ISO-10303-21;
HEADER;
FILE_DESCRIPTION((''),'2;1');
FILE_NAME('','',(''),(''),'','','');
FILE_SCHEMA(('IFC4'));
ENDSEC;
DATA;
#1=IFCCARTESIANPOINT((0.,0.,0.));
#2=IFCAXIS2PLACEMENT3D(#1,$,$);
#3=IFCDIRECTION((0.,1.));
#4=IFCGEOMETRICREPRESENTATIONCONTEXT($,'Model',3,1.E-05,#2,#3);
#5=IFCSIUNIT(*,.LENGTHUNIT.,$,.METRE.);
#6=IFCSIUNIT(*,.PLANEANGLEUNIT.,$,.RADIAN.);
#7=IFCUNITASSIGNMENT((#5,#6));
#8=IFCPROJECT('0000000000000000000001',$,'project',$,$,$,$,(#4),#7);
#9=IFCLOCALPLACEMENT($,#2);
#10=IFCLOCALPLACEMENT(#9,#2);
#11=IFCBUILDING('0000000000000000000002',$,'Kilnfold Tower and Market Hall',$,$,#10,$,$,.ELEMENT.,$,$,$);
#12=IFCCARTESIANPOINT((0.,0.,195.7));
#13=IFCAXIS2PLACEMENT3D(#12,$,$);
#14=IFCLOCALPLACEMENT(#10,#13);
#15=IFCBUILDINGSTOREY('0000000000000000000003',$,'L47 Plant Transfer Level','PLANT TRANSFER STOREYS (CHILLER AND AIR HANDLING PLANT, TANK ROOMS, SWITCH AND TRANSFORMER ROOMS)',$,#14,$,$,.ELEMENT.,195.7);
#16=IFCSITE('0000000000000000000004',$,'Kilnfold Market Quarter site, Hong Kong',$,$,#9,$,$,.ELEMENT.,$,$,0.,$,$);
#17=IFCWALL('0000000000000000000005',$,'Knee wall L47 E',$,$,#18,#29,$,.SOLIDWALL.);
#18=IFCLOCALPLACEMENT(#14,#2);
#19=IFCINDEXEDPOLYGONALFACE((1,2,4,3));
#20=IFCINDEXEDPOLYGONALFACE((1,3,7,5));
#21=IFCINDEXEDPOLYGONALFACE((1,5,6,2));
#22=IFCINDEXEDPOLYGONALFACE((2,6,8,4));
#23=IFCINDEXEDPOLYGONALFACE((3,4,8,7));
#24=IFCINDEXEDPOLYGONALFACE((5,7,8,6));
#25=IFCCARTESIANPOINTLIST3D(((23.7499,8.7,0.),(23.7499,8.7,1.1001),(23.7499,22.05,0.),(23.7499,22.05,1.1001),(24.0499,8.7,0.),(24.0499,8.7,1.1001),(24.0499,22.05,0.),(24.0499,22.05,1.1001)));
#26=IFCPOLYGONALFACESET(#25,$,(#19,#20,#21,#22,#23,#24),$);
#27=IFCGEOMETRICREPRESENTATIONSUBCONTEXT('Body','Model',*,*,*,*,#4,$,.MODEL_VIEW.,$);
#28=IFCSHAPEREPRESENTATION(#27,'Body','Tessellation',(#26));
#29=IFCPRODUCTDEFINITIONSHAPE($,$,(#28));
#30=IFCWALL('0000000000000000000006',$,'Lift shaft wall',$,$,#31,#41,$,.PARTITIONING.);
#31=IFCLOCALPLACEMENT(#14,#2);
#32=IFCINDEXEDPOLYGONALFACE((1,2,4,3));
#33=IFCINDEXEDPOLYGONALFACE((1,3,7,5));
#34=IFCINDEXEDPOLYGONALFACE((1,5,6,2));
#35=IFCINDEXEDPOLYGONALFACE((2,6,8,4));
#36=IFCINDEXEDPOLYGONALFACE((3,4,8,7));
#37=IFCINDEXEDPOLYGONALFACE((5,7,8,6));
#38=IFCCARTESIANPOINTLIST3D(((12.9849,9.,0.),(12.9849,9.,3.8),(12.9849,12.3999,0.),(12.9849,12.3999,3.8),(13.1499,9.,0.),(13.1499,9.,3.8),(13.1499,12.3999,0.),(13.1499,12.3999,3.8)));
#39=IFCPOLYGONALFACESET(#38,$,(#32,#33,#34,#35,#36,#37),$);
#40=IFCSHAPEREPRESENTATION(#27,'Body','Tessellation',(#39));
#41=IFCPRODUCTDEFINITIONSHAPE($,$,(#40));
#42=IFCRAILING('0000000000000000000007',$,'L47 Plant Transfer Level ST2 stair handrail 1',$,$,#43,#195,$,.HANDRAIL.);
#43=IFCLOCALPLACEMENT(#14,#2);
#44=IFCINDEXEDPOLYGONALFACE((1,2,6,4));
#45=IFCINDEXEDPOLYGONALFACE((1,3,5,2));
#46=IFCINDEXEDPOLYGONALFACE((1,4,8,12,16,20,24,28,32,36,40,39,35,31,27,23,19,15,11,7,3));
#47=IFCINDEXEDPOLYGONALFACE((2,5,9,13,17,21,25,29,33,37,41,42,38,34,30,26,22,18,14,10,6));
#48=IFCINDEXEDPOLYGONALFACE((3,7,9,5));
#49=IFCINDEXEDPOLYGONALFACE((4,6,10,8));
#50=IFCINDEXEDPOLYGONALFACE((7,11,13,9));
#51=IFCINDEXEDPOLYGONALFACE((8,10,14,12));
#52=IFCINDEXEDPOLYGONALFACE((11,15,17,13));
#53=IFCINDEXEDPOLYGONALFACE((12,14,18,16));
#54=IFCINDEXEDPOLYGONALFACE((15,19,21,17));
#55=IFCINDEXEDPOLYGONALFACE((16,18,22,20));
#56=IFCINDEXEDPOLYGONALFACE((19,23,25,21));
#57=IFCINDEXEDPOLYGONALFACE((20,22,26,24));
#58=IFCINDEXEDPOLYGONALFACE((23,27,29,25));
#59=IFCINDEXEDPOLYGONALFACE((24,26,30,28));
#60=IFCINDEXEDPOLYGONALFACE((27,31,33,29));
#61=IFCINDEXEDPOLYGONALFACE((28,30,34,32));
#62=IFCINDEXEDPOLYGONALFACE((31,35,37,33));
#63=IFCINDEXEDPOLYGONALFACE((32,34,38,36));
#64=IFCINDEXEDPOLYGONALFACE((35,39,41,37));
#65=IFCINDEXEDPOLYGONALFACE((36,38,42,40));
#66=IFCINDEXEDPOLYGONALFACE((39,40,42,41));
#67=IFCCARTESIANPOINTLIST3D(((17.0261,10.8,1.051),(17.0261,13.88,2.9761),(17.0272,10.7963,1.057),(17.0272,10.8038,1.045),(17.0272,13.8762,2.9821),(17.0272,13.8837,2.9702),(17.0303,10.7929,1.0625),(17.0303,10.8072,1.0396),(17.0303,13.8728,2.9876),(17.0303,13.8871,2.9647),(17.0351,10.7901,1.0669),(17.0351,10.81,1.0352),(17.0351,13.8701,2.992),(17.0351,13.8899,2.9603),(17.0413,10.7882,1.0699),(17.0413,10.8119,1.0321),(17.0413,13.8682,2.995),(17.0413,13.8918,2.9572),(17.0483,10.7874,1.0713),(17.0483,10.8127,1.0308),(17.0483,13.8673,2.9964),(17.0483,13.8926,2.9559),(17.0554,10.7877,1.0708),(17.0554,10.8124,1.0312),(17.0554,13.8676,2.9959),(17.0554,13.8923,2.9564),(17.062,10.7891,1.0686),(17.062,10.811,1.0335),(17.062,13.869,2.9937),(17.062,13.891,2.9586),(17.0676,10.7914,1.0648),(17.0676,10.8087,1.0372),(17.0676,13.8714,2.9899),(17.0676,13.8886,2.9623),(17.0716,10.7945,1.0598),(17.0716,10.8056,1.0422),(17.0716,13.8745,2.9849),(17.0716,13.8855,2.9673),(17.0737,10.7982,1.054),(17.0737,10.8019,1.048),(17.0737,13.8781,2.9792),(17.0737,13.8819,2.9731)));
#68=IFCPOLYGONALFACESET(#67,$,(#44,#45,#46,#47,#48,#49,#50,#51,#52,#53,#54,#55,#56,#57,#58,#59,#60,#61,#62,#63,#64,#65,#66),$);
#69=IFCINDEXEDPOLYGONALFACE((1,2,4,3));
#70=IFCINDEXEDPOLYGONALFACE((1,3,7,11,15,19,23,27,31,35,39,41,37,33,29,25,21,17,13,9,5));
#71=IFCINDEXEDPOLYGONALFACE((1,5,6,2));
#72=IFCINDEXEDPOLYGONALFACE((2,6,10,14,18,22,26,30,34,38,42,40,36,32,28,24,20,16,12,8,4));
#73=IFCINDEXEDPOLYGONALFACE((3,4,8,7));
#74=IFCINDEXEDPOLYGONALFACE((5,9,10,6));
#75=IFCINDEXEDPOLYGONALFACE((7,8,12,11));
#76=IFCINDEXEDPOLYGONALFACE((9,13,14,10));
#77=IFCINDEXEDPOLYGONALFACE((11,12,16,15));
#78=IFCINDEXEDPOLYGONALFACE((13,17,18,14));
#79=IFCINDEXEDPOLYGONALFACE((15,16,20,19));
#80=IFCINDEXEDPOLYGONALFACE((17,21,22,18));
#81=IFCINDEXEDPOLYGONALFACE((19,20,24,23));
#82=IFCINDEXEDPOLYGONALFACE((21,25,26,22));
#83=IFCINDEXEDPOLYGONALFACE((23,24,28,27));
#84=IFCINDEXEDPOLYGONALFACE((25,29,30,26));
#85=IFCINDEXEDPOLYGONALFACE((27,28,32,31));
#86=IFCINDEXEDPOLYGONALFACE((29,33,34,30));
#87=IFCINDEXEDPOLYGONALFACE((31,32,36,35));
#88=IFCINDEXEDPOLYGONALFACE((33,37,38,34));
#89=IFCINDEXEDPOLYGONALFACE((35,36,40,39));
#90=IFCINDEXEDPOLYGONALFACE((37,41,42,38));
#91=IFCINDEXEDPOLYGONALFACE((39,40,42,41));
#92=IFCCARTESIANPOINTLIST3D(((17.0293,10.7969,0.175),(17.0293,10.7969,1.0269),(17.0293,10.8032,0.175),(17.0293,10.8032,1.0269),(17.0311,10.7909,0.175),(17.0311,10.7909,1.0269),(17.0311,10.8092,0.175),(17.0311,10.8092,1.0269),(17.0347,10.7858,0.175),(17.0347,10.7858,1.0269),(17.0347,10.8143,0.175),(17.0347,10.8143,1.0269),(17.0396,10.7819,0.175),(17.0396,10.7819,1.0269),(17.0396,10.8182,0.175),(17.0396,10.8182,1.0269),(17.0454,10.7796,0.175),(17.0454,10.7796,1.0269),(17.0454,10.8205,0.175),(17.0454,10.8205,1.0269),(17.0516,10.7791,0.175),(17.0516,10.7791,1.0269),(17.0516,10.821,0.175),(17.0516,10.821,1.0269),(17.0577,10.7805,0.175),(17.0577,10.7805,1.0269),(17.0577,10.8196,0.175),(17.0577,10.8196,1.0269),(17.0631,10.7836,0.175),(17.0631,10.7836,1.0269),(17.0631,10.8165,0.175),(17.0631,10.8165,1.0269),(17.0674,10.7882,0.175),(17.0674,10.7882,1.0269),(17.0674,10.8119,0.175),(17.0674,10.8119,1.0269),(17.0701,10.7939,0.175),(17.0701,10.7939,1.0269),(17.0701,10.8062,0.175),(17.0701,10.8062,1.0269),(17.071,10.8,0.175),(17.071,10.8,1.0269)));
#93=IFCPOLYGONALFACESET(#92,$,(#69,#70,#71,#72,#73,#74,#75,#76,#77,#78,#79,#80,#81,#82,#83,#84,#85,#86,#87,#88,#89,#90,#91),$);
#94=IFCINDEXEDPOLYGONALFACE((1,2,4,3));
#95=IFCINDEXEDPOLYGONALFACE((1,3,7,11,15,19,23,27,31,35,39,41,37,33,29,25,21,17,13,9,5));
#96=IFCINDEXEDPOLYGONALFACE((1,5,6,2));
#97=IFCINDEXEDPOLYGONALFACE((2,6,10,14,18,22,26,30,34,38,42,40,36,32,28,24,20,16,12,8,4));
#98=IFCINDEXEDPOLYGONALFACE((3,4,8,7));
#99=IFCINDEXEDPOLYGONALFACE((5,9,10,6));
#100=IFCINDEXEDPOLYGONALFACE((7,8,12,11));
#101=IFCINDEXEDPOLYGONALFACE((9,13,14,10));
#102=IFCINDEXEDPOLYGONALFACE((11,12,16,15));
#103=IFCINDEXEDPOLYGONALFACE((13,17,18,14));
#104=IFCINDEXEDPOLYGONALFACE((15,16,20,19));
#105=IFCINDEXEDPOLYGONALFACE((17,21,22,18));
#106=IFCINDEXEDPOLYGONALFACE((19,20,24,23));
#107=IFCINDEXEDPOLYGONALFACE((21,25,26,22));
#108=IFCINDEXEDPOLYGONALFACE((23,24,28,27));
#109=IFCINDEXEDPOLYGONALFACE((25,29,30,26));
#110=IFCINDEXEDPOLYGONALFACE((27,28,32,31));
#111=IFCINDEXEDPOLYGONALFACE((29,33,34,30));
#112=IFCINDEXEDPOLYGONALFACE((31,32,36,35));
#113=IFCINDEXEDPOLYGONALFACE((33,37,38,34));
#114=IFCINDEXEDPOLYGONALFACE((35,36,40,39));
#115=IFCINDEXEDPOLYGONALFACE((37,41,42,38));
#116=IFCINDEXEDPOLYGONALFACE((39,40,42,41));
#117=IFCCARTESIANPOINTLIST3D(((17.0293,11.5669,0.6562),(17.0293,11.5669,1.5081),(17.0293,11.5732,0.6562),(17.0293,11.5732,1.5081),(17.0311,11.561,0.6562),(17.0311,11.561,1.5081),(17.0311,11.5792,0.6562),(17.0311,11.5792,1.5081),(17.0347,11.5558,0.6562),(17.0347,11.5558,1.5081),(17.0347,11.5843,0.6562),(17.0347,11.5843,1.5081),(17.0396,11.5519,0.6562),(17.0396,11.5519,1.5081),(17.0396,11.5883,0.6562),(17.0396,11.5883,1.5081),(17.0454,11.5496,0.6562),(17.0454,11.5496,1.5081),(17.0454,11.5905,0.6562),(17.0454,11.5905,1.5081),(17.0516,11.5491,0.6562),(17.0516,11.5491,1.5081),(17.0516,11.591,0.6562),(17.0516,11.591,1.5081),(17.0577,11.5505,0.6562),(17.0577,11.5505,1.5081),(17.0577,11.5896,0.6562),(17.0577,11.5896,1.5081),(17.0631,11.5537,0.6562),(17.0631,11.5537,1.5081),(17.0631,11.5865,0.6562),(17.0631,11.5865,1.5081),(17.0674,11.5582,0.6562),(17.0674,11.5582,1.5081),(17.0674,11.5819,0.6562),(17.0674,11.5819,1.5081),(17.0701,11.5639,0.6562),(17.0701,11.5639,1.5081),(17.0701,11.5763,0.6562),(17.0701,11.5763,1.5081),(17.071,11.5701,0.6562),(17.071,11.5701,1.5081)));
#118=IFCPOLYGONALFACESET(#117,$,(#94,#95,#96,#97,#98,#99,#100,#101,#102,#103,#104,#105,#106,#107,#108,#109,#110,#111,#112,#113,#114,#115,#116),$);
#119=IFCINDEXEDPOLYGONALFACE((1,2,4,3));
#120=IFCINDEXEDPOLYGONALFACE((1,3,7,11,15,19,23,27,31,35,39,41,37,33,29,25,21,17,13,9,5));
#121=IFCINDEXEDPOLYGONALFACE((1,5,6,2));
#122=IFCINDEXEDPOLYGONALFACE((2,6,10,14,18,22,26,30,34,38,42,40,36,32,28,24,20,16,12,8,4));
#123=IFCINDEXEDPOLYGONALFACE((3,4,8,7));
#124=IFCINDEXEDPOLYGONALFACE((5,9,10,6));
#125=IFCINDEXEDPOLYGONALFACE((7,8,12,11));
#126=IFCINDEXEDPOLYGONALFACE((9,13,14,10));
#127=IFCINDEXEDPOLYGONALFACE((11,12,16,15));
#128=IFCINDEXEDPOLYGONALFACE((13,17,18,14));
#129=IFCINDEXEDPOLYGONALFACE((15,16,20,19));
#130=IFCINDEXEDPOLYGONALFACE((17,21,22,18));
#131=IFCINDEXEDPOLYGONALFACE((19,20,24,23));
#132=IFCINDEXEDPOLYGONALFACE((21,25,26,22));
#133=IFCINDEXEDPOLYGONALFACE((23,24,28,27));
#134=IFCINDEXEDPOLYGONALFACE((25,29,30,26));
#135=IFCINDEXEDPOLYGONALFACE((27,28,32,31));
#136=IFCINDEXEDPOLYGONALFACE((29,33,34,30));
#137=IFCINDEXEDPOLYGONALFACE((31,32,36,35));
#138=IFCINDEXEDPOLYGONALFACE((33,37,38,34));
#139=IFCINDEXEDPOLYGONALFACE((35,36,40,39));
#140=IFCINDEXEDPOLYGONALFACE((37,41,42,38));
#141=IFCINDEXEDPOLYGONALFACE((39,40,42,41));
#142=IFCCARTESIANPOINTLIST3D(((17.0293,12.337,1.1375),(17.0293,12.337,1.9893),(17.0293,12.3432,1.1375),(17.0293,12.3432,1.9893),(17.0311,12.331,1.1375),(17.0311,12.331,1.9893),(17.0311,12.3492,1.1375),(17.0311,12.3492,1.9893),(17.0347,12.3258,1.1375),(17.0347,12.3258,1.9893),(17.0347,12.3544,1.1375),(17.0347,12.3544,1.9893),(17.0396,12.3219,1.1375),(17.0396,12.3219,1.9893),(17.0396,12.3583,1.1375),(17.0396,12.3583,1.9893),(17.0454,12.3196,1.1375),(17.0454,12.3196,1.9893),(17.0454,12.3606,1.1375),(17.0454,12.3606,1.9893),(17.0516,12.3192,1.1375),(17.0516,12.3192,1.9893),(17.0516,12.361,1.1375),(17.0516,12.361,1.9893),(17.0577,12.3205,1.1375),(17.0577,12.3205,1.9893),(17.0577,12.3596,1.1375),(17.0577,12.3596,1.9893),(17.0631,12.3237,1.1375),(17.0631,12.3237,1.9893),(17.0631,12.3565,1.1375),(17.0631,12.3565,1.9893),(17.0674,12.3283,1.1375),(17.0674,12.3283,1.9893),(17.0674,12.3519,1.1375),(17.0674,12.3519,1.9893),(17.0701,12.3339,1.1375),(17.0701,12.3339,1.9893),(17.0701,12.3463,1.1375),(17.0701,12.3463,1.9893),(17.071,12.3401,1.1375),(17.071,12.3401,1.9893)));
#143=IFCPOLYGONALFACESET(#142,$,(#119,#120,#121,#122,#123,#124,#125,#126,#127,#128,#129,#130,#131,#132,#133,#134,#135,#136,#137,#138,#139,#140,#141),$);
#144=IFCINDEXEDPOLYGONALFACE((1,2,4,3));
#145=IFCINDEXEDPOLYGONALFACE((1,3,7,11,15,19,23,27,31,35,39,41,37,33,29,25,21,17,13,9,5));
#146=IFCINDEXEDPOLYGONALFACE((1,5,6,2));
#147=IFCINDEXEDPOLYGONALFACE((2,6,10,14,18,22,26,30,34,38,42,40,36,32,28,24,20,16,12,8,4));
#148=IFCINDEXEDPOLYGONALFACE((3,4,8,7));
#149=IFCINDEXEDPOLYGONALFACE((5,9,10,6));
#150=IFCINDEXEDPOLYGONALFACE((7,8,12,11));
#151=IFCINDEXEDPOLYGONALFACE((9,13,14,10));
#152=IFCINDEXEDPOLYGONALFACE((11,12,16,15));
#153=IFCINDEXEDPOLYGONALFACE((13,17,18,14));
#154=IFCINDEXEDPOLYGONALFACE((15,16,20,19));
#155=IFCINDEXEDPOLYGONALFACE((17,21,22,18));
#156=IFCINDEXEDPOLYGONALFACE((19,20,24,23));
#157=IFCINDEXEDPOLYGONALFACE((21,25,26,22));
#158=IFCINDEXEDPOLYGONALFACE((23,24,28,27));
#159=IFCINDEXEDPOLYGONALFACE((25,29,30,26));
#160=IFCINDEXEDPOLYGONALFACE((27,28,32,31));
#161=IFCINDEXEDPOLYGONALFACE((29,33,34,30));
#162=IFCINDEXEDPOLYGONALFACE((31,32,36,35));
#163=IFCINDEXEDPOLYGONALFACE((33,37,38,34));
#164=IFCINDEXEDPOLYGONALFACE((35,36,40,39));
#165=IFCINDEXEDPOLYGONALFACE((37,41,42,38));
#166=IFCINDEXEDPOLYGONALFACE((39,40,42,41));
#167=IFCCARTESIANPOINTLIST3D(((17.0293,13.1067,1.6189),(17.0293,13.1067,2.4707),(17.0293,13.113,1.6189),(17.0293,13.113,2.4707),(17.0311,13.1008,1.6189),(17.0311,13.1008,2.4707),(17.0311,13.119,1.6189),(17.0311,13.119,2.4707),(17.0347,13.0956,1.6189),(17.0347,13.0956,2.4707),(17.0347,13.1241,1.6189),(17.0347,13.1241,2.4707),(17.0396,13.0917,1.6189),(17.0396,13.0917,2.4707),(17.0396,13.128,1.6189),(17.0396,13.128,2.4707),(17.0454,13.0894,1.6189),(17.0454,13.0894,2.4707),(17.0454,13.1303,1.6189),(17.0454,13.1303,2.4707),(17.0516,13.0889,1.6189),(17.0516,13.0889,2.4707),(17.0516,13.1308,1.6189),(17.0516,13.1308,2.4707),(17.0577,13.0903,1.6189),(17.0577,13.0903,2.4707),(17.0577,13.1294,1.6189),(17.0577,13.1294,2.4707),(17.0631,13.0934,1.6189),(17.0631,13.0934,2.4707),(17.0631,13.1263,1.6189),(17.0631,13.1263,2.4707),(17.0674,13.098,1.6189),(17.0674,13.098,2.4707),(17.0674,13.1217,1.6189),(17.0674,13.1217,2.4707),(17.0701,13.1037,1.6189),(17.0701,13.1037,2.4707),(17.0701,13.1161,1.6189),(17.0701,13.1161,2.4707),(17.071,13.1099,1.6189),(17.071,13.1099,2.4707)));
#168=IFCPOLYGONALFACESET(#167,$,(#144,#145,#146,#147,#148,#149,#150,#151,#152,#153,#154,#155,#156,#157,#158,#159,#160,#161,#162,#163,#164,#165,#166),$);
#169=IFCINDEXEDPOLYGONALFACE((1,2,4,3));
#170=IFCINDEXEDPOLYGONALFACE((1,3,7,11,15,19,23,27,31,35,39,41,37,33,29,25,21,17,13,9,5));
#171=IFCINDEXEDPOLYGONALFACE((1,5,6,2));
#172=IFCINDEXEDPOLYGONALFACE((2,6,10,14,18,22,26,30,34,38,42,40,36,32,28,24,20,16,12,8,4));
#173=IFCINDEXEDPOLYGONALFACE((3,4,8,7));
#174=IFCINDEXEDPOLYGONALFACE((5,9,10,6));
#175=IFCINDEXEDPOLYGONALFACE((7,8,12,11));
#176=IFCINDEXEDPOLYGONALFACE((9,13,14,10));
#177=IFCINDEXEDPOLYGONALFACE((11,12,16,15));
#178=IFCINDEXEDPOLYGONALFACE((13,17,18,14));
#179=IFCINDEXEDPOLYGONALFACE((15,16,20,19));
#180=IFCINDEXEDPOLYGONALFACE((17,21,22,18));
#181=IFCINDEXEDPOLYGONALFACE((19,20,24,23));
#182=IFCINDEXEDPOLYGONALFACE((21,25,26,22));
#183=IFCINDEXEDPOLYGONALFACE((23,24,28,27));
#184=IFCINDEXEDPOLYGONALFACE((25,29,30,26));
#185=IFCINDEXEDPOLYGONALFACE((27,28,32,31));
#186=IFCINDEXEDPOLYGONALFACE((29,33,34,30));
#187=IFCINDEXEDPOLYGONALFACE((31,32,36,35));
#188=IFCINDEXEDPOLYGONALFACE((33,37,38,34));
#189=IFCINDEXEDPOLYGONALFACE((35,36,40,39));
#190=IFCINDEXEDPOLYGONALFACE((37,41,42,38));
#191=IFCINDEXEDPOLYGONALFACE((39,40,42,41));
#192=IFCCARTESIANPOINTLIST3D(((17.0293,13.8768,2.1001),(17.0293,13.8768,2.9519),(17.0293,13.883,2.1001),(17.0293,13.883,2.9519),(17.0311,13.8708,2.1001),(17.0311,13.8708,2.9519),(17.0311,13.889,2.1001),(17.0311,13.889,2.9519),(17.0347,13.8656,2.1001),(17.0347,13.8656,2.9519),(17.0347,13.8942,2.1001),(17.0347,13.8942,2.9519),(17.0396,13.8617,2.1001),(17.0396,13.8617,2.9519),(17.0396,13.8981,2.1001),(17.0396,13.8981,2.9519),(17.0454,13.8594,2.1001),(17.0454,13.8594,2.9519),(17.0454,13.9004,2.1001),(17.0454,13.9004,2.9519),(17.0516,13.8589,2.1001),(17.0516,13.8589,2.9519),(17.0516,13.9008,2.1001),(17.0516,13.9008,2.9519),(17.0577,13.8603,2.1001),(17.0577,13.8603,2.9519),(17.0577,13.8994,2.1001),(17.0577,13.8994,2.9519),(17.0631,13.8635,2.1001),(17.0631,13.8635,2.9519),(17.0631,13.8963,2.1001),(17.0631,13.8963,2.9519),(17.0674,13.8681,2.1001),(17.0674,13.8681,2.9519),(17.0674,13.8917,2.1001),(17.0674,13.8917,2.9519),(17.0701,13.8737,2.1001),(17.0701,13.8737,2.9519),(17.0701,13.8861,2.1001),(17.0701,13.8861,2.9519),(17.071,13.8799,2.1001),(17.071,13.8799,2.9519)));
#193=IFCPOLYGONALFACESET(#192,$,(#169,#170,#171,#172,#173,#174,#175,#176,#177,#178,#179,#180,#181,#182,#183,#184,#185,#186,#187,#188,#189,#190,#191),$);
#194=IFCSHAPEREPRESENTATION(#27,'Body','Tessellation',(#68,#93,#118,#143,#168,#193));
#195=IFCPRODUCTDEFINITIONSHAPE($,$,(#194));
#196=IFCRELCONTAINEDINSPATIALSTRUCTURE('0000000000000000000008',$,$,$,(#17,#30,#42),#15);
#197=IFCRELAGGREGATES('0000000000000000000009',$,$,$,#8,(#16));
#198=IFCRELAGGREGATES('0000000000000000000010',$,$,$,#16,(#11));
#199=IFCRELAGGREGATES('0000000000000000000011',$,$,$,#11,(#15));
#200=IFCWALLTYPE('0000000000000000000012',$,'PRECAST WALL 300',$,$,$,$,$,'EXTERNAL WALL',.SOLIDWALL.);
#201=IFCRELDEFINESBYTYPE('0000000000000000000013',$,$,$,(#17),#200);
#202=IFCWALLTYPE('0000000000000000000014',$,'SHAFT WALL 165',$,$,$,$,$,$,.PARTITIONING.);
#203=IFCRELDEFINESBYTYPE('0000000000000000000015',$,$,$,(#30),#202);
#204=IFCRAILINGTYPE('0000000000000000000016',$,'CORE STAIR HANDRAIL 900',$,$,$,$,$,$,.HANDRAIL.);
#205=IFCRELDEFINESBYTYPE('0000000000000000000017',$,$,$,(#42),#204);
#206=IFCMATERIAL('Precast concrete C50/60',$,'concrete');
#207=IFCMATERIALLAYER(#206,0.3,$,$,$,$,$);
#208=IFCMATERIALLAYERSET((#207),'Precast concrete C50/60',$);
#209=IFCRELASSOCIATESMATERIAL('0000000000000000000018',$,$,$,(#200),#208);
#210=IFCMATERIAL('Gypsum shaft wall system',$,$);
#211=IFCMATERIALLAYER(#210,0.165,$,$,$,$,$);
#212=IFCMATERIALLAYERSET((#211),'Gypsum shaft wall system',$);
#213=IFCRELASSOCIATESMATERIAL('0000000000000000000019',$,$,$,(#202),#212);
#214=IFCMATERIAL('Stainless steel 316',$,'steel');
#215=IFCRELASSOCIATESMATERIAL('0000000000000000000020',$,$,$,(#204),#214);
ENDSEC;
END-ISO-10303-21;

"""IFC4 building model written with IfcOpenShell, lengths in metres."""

from ifc_helpers import new_model, si_unit, direction, frame, frame_2d, origin, origin_2d, place, context, subcontext, project, spatial, rectangle, circle, extrude, source, transform, mapped, material, layer, layer_set, type_object, element, save


model = new_model("IFC4")

# Units and contexts
model_context = context("Model", 3, precision=1e-05, world=origin(), true_north=direction((0.0, 1.0)))
body_context = subcontext(model_context, "Body", "Model", "MODEL_VIEW")
ifc_project = project(units=[si_unit("LENGTHUNIT", "METRE"), si_unit("PLANEANGLEUNIT", "RADIAN")], contexts=[model_context])

# Site, building, storey
site_placement = place(None, origin())
site = spatial("IfcSite", under=ifc_project, at=site_placement, Name="Kilnfold Market Quarter site, Hong Kong", CompositionType="ELEMENT", RefElevation=0.0)
building_placement = place(site_placement, origin())
building = spatial("IfcBuilding", under=site, at=building_placement, Name="Kilnfold Tower and Market Hall", CompositionType="ELEMENT")
storey_placement = place(building_placement, frame((0.0, 0.0, 195.7)))
storey = spatial("IfcBuildingStorey", under=building, at=storey_placement, Name="L47 Plant Transfer Level", Description="PLANT TRANSFER STOREYS (CHILLER AND AIR HANDLING PLANT, TANK ROOMS, SWITCH AND TRANSFORMER ROOMS)", CompositionType="ELEMENT", Elevation=195.7)

# Walls
ifc_material_1 = material(Name="Precast concrete C50/60", Category="concrete")
ifc_layer_1 = layer(ifc_material_1, 0.3)
ifc_layer_set_1 = layer_set([ifc_layer_1], Name="Precast concrete C50/60")
wall_type_1 = type_object("IfcWallType", Name="PRECAST WALL 300", ElementType="EXTERNAL WALL", PredefinedType="SOLIDWALL", material=ifc_layer_set_1)
shared_shape_1 = source(origin(), body_context, "Body", "SweptSolid", [
    extrude(rectangle(XDim=13.3501, YDim=0.3, at=frame_2d((6.675, 0.0))), origin(), (0.0, 0.0, 1.0), 1.1001),
])
wall_1_placement = place(storey_placement, frame((23.8999, 8.7, 0.0), z_axis=(0.0, 0.0, 1.0), x_axis=(0.0, 1.0, 0.0)))
element("IfcWall", 1, at=wall_1_placement, inside=storey, type_object=wall_type_1, Name="Knee wall L47 E", PredefinedType="SOLIDWALL", context=body_context, shape_type="MappedRepresentation", body=[
    mapped(shared_shape_1, transform((0.0, 0.0, 0.0))),
])
ifc_material_2 = material(Name="Gypsum shaft wall system")
ifc_layer_2 = layer(ifc_material_2, 0.165)
ifc_layer_set_2 = layer_set([ifc_layer_2], Name="Gypsum shaft wall system")
wall_type_2 = type_object("IfcWallType", Name="SHAFT WALL 165", PredefinedType="PARTITIONING", material=ifc_layer_set_2)
shared_shape_2 = source(origin(), body_context, "Body", "SweptSolid", [
    extrude(rectangle(XDim=3.3999, YDim=0.165, at=frame_2d((1.7, 0.0))), origin(), (0.0, 0.0, 1.0), 3.8),
])
wall_2_placement = place(storey_placement, frame((13.0674, 9.0, 0.0), z_axis=(0.0, 0.0, 1.0), x_axis=(0.0, 1.0, 0.0)))
element("IfcWall", 2, at=wall_2_placement, inside=storey, type_object=wall_type_2, Name="Lift shaft wall", PredefinedType="PARTITIONING", context=body_context, shape_type="MappedRepresentation", body=[
    mapped(shared_shape_2, transform((0.0, 0.0, 0.0))),
])

# Railing
ifc_material_3 = material(Name="Stainless steel 316", Category="steel")
railing_type_1 = type_object("IfcRailingType", Name="CORE STAIR HANDRAIL 900", PredefinedType="HANDRAIL", material=ifc_material_3)
railing_1_placement = place(storey_placement, frame((17.05, 10.8, 0.175)))
element("IfcRailing", 3, at=railing_1_placement, inside=storey, type_object=railing_type_1, Name="L47 Plant Transfer Level ST2 stair handrail 1", PredefinedType="HANDRAIL", context=body_context, shape_type="SweptSolid", body=[
    extrude(circle(Radius=0.0239, at=origin_2d()), frame((0.0, 0.0, 0.876), z_axis=(0.0, 0.847979, 0.530029), x_axis=(-1.0, 0.0, 0.0)), (0.0, 0.0, 1.0), 3.6321),
    extrude(circle(Radius=0.021, at=origin_2d()), origin(), (0.0, 0.0, 1.0), 0.8518),
    extrude(circle(Radius=0.021, at=origin_2d()), frame((0.0, 0.77, 0.4812)), (0.0, 0.0, 1.0), 0.8518),
    extrude(circle(Radius=0.021, at=origin_2d()), frame((0.0, 1.54, 0.9624)), (0.0, 0.0, 1.0), 0.8518),
    extrude(circle(Radius=0.021, at=origin_2d()), frame((0.0, 2.3098, 1.4438)), (0.0, 0.0, 1.0), 0.8518),
    extrude(circle(Radius=0.021, at=origin_2d()), frame((0.0, 3.0798, 1.925)), (0.0, 0.0, 1.0), 0.8518),
])

save(model, "model.ifc")
